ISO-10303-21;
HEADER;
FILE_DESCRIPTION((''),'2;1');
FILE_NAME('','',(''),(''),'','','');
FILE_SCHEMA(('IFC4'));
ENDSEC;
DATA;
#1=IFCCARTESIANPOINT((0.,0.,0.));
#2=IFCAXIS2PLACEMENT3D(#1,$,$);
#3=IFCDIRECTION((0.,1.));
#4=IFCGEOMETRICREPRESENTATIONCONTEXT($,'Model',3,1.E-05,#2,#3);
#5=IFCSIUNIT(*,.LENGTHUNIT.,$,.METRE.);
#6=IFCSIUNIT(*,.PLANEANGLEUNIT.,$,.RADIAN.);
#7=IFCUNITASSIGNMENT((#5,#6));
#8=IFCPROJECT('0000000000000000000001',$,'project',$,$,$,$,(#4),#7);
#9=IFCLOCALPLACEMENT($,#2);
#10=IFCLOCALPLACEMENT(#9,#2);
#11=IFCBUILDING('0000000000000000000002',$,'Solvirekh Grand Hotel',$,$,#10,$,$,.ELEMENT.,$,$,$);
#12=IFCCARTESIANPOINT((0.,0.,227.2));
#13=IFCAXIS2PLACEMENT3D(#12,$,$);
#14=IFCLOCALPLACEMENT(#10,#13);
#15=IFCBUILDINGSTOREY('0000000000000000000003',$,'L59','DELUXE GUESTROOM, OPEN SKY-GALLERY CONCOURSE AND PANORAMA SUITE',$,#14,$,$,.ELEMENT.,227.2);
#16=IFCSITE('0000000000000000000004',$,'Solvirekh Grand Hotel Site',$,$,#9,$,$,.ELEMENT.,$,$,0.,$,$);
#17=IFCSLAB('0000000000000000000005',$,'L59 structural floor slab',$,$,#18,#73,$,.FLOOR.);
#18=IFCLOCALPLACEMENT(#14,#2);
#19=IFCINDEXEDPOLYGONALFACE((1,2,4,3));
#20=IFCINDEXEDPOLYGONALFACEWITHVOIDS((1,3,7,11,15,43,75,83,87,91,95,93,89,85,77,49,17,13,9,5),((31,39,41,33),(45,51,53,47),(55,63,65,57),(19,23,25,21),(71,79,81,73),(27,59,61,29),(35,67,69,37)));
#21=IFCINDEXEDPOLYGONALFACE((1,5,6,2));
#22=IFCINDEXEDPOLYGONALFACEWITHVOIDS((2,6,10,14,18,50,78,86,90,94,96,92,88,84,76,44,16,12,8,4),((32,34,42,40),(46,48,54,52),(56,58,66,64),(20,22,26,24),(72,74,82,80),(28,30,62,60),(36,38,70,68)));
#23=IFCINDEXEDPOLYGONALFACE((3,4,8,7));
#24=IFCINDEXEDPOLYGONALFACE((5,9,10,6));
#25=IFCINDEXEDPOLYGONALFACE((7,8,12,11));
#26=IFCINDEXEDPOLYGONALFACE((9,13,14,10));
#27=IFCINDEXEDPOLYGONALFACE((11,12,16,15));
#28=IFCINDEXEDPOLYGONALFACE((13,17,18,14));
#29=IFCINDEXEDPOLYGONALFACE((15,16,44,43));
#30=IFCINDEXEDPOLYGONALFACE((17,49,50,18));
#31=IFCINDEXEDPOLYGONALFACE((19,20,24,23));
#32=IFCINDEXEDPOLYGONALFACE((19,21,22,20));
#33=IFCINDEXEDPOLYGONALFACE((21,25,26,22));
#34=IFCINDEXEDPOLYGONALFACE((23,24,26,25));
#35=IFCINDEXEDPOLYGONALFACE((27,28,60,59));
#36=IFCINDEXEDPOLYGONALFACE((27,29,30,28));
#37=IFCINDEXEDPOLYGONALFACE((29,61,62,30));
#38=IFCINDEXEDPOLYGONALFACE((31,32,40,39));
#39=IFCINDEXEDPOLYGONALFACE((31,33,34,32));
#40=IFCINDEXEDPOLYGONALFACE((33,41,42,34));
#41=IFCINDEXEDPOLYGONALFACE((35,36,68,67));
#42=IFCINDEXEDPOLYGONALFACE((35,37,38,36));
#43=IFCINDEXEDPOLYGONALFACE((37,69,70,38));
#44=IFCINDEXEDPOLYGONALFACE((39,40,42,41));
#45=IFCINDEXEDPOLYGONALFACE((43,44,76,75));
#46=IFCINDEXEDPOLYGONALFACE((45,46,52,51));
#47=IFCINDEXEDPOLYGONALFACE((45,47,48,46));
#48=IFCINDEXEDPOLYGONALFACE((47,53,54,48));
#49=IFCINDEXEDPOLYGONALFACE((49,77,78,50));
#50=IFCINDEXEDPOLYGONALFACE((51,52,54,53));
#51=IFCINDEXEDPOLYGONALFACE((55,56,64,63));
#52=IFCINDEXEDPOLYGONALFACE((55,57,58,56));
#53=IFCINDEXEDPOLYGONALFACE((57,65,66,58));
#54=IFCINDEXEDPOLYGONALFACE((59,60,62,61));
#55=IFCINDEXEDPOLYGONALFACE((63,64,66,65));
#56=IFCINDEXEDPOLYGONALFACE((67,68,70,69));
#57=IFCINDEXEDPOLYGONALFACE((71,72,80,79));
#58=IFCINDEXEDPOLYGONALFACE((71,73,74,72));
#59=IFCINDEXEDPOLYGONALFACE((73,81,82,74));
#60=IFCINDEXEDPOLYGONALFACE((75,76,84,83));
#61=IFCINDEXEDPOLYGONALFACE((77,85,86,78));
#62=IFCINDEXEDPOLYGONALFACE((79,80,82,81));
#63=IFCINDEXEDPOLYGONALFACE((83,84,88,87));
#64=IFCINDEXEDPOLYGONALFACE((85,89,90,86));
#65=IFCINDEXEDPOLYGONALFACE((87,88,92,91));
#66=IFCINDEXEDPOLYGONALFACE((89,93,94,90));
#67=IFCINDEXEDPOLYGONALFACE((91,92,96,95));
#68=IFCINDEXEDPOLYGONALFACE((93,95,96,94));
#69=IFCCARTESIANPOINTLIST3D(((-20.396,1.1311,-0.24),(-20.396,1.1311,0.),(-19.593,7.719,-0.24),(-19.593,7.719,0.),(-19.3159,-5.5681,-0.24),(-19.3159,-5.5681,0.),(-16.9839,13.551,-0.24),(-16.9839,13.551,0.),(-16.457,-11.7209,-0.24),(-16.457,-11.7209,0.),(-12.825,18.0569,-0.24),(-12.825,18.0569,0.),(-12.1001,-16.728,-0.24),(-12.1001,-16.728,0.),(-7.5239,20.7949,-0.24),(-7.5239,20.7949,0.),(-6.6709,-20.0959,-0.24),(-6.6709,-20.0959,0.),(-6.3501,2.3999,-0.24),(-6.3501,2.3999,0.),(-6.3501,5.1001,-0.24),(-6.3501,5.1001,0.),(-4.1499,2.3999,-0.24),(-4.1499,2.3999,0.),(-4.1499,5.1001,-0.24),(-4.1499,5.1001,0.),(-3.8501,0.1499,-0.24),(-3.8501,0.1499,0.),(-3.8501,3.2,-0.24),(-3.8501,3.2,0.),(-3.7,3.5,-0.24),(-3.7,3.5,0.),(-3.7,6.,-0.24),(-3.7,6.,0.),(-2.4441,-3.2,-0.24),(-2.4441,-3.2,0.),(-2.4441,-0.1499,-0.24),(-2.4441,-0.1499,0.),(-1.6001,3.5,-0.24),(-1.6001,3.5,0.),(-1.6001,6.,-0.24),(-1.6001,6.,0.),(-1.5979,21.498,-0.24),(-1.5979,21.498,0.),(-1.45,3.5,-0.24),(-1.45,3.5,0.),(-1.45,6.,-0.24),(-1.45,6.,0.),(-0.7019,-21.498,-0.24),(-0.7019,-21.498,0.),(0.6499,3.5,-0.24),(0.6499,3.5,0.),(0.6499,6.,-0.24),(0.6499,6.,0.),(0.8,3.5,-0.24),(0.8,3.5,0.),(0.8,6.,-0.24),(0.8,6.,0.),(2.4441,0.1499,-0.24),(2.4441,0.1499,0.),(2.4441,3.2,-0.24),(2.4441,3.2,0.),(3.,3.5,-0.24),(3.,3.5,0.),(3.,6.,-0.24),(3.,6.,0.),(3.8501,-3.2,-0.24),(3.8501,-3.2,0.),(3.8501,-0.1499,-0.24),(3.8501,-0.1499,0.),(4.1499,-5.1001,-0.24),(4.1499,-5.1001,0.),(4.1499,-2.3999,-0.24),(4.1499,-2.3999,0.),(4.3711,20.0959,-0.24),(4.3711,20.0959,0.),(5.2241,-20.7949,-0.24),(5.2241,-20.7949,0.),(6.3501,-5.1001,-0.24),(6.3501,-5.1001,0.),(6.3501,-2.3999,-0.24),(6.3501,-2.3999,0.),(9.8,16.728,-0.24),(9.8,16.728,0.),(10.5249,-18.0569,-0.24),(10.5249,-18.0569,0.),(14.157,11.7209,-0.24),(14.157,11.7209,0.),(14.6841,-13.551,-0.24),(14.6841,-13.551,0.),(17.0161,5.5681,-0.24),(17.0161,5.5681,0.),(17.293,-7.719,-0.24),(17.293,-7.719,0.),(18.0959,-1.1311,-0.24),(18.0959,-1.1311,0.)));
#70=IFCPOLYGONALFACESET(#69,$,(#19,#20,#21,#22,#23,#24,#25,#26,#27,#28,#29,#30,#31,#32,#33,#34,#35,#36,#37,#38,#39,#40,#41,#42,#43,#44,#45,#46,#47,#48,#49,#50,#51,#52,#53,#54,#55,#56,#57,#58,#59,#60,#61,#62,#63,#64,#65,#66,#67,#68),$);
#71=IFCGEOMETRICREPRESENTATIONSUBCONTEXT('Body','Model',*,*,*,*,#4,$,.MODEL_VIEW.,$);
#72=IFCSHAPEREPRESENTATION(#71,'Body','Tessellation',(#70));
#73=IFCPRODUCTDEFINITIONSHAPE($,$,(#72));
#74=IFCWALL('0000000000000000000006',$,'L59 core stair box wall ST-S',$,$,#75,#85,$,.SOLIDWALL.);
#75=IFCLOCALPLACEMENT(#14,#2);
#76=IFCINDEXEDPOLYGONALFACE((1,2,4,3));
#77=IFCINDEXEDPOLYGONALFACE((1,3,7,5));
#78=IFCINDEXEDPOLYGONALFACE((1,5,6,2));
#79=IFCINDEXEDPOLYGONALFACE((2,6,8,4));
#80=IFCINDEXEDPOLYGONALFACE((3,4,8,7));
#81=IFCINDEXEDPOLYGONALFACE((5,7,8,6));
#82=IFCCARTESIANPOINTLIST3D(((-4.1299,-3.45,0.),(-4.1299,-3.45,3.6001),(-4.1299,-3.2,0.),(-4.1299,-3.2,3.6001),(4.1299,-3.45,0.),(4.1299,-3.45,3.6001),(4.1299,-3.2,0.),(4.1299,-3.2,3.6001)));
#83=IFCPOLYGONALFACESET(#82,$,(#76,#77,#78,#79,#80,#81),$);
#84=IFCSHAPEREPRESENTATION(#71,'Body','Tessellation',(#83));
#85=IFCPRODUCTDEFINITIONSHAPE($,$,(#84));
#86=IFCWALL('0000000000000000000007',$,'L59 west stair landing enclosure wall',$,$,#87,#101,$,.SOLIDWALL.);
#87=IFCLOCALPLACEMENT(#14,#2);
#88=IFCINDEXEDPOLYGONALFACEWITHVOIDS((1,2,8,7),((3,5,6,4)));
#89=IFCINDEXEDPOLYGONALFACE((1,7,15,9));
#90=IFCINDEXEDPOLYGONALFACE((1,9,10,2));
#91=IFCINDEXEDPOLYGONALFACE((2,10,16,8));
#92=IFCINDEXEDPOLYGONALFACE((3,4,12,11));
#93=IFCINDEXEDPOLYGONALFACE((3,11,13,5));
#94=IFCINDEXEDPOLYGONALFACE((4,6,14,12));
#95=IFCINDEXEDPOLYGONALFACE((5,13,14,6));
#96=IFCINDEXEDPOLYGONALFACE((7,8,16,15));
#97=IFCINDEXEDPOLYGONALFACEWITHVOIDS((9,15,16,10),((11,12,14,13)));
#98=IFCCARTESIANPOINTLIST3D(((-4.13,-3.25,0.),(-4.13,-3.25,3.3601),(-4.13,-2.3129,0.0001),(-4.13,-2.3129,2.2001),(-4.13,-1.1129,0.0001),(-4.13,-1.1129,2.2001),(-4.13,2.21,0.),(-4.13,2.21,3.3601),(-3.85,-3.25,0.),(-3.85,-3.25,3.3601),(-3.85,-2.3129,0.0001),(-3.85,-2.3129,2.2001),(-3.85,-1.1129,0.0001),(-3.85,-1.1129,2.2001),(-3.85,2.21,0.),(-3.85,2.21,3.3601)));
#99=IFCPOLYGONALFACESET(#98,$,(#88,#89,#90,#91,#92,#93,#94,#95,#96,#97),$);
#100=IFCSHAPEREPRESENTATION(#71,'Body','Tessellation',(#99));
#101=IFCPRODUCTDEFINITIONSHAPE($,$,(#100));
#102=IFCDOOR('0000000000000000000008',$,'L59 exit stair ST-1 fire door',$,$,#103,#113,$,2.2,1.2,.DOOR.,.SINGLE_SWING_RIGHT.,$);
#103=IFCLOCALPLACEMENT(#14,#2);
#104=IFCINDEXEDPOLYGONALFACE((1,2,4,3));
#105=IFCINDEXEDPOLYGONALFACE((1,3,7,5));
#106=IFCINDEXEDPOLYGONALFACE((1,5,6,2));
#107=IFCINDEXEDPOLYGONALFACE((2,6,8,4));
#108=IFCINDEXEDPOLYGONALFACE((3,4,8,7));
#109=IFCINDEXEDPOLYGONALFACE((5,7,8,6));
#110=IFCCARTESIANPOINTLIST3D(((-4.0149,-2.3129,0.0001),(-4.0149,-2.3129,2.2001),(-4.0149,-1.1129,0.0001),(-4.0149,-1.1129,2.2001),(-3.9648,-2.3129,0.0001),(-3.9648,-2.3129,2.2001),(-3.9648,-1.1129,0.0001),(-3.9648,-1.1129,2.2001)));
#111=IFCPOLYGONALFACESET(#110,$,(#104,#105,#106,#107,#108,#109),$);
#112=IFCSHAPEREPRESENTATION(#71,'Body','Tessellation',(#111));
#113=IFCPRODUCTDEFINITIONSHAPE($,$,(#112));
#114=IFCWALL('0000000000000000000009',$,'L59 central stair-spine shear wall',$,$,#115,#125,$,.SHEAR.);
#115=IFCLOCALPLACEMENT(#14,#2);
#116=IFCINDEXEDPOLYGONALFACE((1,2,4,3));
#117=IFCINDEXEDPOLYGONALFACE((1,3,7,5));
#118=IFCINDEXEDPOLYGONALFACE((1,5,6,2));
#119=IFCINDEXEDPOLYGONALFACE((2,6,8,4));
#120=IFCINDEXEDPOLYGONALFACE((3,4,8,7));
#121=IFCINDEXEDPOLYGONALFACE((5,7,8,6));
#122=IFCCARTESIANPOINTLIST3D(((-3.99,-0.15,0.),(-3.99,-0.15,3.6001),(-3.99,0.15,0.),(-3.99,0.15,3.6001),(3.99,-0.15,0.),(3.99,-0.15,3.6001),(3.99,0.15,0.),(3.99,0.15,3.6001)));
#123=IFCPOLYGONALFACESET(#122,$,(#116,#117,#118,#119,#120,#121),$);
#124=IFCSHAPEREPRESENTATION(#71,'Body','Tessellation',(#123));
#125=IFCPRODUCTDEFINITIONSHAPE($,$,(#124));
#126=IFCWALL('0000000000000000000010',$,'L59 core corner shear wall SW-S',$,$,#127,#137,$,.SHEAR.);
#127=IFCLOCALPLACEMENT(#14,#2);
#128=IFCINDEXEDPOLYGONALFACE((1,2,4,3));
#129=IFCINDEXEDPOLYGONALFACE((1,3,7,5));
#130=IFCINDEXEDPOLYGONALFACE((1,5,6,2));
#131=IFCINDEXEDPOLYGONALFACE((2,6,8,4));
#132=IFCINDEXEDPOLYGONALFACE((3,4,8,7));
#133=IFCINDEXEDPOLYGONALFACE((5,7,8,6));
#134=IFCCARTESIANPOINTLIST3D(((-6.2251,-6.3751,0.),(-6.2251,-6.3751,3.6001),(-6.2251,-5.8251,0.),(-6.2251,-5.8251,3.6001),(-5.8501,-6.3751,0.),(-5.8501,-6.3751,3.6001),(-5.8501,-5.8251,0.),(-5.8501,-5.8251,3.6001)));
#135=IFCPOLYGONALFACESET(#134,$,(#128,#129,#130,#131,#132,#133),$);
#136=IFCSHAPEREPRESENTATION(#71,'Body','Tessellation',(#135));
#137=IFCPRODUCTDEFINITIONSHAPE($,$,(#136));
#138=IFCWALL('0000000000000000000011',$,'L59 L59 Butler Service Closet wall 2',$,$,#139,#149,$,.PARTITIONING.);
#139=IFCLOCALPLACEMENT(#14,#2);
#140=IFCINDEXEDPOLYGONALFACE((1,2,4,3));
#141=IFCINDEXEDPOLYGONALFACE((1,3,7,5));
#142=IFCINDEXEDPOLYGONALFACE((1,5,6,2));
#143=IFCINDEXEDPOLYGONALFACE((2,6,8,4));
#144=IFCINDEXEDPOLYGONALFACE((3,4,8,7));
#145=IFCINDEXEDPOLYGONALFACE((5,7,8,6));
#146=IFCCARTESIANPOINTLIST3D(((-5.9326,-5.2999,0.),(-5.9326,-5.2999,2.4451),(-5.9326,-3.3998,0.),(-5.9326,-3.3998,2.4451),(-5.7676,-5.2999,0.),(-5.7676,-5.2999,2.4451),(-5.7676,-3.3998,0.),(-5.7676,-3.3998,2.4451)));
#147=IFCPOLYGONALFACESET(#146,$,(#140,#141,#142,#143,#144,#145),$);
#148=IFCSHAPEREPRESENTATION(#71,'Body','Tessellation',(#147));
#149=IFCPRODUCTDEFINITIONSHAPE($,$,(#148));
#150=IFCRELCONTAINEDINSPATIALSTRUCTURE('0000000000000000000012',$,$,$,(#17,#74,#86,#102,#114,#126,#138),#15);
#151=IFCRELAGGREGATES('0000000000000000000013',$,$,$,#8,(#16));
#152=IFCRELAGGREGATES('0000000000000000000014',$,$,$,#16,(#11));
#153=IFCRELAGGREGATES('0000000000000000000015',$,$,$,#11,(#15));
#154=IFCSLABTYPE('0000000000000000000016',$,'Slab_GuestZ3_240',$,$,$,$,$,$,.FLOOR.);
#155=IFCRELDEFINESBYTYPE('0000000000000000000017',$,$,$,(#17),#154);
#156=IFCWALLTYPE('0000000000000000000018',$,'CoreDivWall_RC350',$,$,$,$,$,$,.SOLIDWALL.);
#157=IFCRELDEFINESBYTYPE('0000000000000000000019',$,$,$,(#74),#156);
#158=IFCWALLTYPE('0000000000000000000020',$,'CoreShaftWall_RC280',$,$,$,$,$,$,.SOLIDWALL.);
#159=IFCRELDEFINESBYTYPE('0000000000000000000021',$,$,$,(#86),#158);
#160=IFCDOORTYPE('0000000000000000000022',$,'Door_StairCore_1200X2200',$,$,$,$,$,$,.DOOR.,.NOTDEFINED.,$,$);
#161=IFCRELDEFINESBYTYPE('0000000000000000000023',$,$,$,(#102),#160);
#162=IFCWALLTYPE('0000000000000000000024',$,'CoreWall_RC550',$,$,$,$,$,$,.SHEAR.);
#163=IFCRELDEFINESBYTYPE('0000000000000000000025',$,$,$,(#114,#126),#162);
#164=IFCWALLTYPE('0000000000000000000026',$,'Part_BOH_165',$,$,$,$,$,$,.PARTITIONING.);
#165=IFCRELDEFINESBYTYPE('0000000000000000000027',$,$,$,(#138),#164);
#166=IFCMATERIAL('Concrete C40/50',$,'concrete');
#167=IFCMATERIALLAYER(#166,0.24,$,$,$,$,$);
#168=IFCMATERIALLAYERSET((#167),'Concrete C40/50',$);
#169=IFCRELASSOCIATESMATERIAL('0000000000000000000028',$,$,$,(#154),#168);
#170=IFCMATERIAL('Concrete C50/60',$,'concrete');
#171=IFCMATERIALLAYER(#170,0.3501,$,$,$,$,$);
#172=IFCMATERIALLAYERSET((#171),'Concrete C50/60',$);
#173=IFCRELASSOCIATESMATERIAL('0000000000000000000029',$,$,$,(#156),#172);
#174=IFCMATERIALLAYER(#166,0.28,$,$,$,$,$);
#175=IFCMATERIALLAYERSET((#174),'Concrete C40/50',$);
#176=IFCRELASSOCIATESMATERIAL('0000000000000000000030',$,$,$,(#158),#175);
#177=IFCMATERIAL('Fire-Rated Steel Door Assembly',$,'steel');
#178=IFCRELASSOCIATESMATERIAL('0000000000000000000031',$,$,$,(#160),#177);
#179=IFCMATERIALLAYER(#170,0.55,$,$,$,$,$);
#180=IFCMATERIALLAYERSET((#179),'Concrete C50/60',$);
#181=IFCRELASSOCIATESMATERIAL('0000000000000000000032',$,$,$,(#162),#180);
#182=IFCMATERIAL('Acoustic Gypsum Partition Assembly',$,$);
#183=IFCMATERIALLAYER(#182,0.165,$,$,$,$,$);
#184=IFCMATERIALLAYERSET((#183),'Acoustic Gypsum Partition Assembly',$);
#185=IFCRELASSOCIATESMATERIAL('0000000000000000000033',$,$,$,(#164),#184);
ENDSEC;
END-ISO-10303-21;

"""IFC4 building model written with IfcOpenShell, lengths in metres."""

from ifc_helpers import new_model, si_unit, direction, frame, frame_2d, origin, place, context, subcontext, project, spatial, polyline, rectangle, outline, extrude, material, layer, layer_set, type_object, element, fill, save


model = new_model("IFC4")

# Units and contexts
model_context = context("Model", 3, precision=1e-05, world=origin(), true_north=direction((0.0, 1.0)))
body_context = subcontext(model_context, "Body", "Model", "MODEL_VIEW")
ifc_project = project(units=[si_unit("LENGTHUNIT", "METRE"), si_unit("PLANEANGLEUNIT", "RADIAN")], contexts=[model_context])

# Site, building, storey
site_placement = place(None, origin())
site = spatial("IfcSite", under=ifc_project, at=site_placement, Name="Solvirekh Grand Hotel Site", CompositionType="ELEMENT", RefElevation=0.0)
building_placement = place(site_placement, origin())
building = spatial("IfcBuilding", under=site, at=building_placement, Name="Solvirekh Grand Hotel", CompositionType="ELEMENT")
storey_placement = place(building_placement, frame((0.0, 0.0, 227.2)))
storey = spatial("IfcBuildingStorey", under=building, at=storey_placement, Name="L59", Description="DELUXE GUESTROOM, OPEN SKY-GALLERY CONCOURSE AND PANORAMA SUITE", CompositionType="ELEMENT", Elevation=227.2)

# Shared definitions
ifc_material_1 = material(Name="Concrete C50/60", Category="concrete")

# Shared definitions
ifc_material_2 = material(Name="Concrete C40/50", Category="concrete")

# Slab
ifc_layer_1 = layer(ifc_material_2, 0.24)
ifc_layer_set_1 = layer_set([ifc_layer_1], Name="Concrete C40/50")
slab_type_1 = type_object("IfcSlabType", Name="Slab_GuestZ3_240", PredefinedType="FLOOR", material=ifc_layer_set_1)
slab_1_placement = place(storey_placement, frame((0.0, 0.0, -0.24)))
element("IfcSlab", 1, at=slab_1_placement, inside=storey, type_object=slab_type_1, Name="L59 structural floor slab", PredefinedType="FLOOR", context=body_context, shape_type="SweptSolid", body=[
    extrude(outline(polyline([(5.2241, -20.7949), (10.5249, -18.0569), (14.6841, -13.551), (17.293, -7.719), (18.0959, -1.1311), (17.0161, 5.5681), (14.157, 11.7209), (9.8, 16.728), (4.3711, 20.0959), (-1.5979, 21.498), (-7.5239, 20.7949), (-12.825, 18.0569), (-16.9839, 13.551), (-19.593, 7.719), (-20.396, 1.1311), (-19.3159, -5.5681), (-16.457, -11.7209), (-12.1001, -16.728), (-6.6709, -20.0959), (-0.7019, -21.498), (5.2241, -20.7949)]), holes=[polyline([(-2.4441, -0.1499), (3.8501, -0.1499), (3.8501, -3.2), (-2.4441, -3.2), (-2.4441, -0.1499)]), polyline([(2.4441, 0.1499), (-3.8501, 0.1499), (-3.8501, 3.2), (2.4441, 3.2), (2.4441, 0.1499)]), polyline([(-3.7, 6.0), (-1.6001, 6.0), (-1.6001, 3.5), (-3.7, 3.5), (-3.7, 6.0)]), polyline([(-1.45, 6.0), (0.6499, 6.0), (0.6499, 3.5), (-1.45, 3.5), (-1.45, 6.0)]), polyline([(0.8, 6.0), (3.0, 6.0), (3.0, 3.5), (0.8, 3.5), (0.8, 6.0)]), polyline([(-6.3501, 5.1001), (-4.1499, 5.1001), (-4.1499, 2.3999), (-6.3501, 2.3999), (-6.3501, 5.1001)]), polyline([(4.1499, -2.3999), (6.3501, -2.3999), (6.3501, -5.1001), (4.1499, -5.1001), (4.1499, -2.3999)])]), origin(), (0.0, 0.0, 1.0), 0.24),
])

# Wall
ifc_layer_2 = layer(ifc_material_1, 0.3501)
ifc_layer_set_2 = layer_set([ifc_layer_2], Name="Concrete C50/60")
wall_type_1 = type_object("IfcWallType", Name="CoreDivWall_RC350", PredefinedType="SOLIDWALL", material=ifc_layer_set_2)
wall_1_placement = place(storey_placement, frame((-4.1299, -3.325, 0.0), z_axis=(0.0, 0.0, 1.0), x_axis=(1.0, 0.0, 0.0)))
element("IfcWall", 2, at=wall_1_placement, inside=storey, type_object=wall_type_1, Name="L59 core stair box wall ST-S", PredefinedType="SOLIDWALL", context=body_context, shape_type="SweptSolid", body=[
    extrude(rectangle(XDim=8.2598, YDim=0.25, at=frame_2d((4.1299, 0.0))), origin(), (0.0, 0.0, 1.0), 3.6001),
])

# Wall, opening, door
ifc_layer_3 = layer(ifc_material_2, 0.28)
ifc_layer_set_3 = layer_set([ifc_layer_3], Name="Concrete C40/50")
wall_type_2 = type_object("IfcWallType", Name="CoreShaftWall_RC280", PredefinedType="SOLIDWALL", material=ifc_layer_set_3)
wall_2_placement = place(storey_placement, frame((-3.99, -3.25, 0.0), z_axis=(0.0, 0.0, 1.0), x_axis=(0.0, 1.0, 0.0)))
wall_2 = element("IfcWall", 3, at=wall_2_placement, inside=storey, type_object=wall_type_2, Name="L59 west stair landing enclosure wall", PredefinedType="SOLIDWALL", context=body_context, shape_type="SweptSolid", body=[
    extrude(rectangle(XDim=5.46, YDim=0.28, at=frame_2d((2.73, 0.0))), origin(), (0.0, 0.0, 1.0), 3.3601),
])
opening_1_placement = place(wall_2_placement, frame((0.937, 0.0, 0.0)))
opening_1 = element("IfcOpeningElement", 4, at=opening_1_placement, cuts=wall_2, PredefinedType="OPENING", context=body_context, shape_type="SweptSolid", body=[
    extrude(rectangle(XDim=1.2, YDim=2.2, at=frame_2d((0.6001, 1.1001))), frame((0.0, 0.1499, 0.0), z_axis=(0.0, -1.0, 0.0), x_axis=(1.0, 0.0, 0.0)), (0.0, 0.0, 1.0), 0.3),
])
ifc_material_3 = material(Name="Fire-Rated Steel Door Assembly", Category="steel")
door_type_1 = type_object("IfcDoorType", Name="Door_StairCore_1200X2200", OperationType="NOTDEFINED", PredefinedType="DOOR", material=ifc_material_3)
door_1_placement = place(opening_1_placement, origin())
door_1 = element("IfcDoor", 5, at=door_1_placement, inside=storey, type_object=door_type_1, Name="L59 exit stair ST-1 fire door", OperationType="SINGLE_SWING_RIGHT", OverallHeight=2.2, OverallWidth=1.2, PredefinedType="DOOR", context=body_context, shape_type="SweptSolid", body=[
    extrude(rectangle(XDim=1.2, YDim=2.2, at=frame_2d((0.6001, 1.1001))), frame((0.0, 0.0249, 0.0), z_axis=(0.0, -1.0, 0.0), x_axis=(1.0, 0.0, 0.0)), (0.0, 0.0, 1.0), 0.05),
])
fill(opening_1, door_1)

# Walls
ifc_layer_4 = layer(ifc_material_1, 0.55)
ifc_layer_set_4 = layer_set([ifc_layer_4], Name="Concrete C50/60")
wall_type_3 = type_object("IfcWallType", Name="CoreWall_RC550", PredefinedType="SHEAR", material=ifc_layer_set_4)
wall_3_placement = place(storey_placement, frame((-3.99, 0.0, 0.0), z_axis=(0.0, 0.0, 1.0), x_axis=(1.0, 0.0, 0.0)))
element("IfcWall", 6, at=wall_3_placement, inside=storey, type_object=wall_type_3, Name="L59 central stair-spine shear wall", PredefinedType="SHEAR", context=body_context, shape_type="SweptSolid", body=[
    extrude(rectangle(XDim=7.98, YDim=0.3, at=frame_2d((3.99, 0.0))), origin(), (0.0, 0.0, 1.0), 3.6001),
])
wall_4_placement = place(storey_placement, frame((-6.2251, -6.1001, 0.0), z_axis=(0.0, 0.0, 1.0), x_axis=(1.0, 0.0, 0.0)))
element("IfcWall", 7, at=wall_4_placement, inside=storey, type_object=wall_type_3, Name="L59 core corner shear wall SW-S", PredefinedType="SHEAR", context=body_context, shape_type="SweptSolid", body=[
    extrude(rectangle(XDim=0.375, YDim=0.55, at=frame_2d((0.1875, 0.0))), origin(), (0.0, 0.0, 1.0), 3.6001),
])
ifc_material_4 = material(Name="Acoustic Gypsum Partition Assembly")
ifc_layer_5 = layer(ifc_material_4, 0.165)
ifc_layer_set_5 = layer_set([ifc_layer_5], Name="Acoustic Gypsum Partition Assembly")
wall_type_4 = type_object("IfcWallType", Name="Part_BOH_165", PredefinedType="PARTITIONING", material=ifc_layer_set_5)
wall_5_placement = place(storey_placement, frame((-5.8501, -5.3, 0.0), z_axis=(0.0, 0.0, 1.0), x_axis=(0.0, 1.0, 0.0)))
element("IfcWall", 8, at=wall_5_placement, inside=storey, type_object=wall_type_4, Name="L59 L59 Butler Service Closet wall 2", PredefinedType="PARTITIONING", context=body_context, shape_type="SweptSolid", body=[
    extrude(rectangle(XDim=1.9001, YDim=0.165, at=frame_2d((0.9502, 0.0))), origin(), (0.0, 0.0, 1.0), 2.4451),
])

save(model, "model.ifc")
